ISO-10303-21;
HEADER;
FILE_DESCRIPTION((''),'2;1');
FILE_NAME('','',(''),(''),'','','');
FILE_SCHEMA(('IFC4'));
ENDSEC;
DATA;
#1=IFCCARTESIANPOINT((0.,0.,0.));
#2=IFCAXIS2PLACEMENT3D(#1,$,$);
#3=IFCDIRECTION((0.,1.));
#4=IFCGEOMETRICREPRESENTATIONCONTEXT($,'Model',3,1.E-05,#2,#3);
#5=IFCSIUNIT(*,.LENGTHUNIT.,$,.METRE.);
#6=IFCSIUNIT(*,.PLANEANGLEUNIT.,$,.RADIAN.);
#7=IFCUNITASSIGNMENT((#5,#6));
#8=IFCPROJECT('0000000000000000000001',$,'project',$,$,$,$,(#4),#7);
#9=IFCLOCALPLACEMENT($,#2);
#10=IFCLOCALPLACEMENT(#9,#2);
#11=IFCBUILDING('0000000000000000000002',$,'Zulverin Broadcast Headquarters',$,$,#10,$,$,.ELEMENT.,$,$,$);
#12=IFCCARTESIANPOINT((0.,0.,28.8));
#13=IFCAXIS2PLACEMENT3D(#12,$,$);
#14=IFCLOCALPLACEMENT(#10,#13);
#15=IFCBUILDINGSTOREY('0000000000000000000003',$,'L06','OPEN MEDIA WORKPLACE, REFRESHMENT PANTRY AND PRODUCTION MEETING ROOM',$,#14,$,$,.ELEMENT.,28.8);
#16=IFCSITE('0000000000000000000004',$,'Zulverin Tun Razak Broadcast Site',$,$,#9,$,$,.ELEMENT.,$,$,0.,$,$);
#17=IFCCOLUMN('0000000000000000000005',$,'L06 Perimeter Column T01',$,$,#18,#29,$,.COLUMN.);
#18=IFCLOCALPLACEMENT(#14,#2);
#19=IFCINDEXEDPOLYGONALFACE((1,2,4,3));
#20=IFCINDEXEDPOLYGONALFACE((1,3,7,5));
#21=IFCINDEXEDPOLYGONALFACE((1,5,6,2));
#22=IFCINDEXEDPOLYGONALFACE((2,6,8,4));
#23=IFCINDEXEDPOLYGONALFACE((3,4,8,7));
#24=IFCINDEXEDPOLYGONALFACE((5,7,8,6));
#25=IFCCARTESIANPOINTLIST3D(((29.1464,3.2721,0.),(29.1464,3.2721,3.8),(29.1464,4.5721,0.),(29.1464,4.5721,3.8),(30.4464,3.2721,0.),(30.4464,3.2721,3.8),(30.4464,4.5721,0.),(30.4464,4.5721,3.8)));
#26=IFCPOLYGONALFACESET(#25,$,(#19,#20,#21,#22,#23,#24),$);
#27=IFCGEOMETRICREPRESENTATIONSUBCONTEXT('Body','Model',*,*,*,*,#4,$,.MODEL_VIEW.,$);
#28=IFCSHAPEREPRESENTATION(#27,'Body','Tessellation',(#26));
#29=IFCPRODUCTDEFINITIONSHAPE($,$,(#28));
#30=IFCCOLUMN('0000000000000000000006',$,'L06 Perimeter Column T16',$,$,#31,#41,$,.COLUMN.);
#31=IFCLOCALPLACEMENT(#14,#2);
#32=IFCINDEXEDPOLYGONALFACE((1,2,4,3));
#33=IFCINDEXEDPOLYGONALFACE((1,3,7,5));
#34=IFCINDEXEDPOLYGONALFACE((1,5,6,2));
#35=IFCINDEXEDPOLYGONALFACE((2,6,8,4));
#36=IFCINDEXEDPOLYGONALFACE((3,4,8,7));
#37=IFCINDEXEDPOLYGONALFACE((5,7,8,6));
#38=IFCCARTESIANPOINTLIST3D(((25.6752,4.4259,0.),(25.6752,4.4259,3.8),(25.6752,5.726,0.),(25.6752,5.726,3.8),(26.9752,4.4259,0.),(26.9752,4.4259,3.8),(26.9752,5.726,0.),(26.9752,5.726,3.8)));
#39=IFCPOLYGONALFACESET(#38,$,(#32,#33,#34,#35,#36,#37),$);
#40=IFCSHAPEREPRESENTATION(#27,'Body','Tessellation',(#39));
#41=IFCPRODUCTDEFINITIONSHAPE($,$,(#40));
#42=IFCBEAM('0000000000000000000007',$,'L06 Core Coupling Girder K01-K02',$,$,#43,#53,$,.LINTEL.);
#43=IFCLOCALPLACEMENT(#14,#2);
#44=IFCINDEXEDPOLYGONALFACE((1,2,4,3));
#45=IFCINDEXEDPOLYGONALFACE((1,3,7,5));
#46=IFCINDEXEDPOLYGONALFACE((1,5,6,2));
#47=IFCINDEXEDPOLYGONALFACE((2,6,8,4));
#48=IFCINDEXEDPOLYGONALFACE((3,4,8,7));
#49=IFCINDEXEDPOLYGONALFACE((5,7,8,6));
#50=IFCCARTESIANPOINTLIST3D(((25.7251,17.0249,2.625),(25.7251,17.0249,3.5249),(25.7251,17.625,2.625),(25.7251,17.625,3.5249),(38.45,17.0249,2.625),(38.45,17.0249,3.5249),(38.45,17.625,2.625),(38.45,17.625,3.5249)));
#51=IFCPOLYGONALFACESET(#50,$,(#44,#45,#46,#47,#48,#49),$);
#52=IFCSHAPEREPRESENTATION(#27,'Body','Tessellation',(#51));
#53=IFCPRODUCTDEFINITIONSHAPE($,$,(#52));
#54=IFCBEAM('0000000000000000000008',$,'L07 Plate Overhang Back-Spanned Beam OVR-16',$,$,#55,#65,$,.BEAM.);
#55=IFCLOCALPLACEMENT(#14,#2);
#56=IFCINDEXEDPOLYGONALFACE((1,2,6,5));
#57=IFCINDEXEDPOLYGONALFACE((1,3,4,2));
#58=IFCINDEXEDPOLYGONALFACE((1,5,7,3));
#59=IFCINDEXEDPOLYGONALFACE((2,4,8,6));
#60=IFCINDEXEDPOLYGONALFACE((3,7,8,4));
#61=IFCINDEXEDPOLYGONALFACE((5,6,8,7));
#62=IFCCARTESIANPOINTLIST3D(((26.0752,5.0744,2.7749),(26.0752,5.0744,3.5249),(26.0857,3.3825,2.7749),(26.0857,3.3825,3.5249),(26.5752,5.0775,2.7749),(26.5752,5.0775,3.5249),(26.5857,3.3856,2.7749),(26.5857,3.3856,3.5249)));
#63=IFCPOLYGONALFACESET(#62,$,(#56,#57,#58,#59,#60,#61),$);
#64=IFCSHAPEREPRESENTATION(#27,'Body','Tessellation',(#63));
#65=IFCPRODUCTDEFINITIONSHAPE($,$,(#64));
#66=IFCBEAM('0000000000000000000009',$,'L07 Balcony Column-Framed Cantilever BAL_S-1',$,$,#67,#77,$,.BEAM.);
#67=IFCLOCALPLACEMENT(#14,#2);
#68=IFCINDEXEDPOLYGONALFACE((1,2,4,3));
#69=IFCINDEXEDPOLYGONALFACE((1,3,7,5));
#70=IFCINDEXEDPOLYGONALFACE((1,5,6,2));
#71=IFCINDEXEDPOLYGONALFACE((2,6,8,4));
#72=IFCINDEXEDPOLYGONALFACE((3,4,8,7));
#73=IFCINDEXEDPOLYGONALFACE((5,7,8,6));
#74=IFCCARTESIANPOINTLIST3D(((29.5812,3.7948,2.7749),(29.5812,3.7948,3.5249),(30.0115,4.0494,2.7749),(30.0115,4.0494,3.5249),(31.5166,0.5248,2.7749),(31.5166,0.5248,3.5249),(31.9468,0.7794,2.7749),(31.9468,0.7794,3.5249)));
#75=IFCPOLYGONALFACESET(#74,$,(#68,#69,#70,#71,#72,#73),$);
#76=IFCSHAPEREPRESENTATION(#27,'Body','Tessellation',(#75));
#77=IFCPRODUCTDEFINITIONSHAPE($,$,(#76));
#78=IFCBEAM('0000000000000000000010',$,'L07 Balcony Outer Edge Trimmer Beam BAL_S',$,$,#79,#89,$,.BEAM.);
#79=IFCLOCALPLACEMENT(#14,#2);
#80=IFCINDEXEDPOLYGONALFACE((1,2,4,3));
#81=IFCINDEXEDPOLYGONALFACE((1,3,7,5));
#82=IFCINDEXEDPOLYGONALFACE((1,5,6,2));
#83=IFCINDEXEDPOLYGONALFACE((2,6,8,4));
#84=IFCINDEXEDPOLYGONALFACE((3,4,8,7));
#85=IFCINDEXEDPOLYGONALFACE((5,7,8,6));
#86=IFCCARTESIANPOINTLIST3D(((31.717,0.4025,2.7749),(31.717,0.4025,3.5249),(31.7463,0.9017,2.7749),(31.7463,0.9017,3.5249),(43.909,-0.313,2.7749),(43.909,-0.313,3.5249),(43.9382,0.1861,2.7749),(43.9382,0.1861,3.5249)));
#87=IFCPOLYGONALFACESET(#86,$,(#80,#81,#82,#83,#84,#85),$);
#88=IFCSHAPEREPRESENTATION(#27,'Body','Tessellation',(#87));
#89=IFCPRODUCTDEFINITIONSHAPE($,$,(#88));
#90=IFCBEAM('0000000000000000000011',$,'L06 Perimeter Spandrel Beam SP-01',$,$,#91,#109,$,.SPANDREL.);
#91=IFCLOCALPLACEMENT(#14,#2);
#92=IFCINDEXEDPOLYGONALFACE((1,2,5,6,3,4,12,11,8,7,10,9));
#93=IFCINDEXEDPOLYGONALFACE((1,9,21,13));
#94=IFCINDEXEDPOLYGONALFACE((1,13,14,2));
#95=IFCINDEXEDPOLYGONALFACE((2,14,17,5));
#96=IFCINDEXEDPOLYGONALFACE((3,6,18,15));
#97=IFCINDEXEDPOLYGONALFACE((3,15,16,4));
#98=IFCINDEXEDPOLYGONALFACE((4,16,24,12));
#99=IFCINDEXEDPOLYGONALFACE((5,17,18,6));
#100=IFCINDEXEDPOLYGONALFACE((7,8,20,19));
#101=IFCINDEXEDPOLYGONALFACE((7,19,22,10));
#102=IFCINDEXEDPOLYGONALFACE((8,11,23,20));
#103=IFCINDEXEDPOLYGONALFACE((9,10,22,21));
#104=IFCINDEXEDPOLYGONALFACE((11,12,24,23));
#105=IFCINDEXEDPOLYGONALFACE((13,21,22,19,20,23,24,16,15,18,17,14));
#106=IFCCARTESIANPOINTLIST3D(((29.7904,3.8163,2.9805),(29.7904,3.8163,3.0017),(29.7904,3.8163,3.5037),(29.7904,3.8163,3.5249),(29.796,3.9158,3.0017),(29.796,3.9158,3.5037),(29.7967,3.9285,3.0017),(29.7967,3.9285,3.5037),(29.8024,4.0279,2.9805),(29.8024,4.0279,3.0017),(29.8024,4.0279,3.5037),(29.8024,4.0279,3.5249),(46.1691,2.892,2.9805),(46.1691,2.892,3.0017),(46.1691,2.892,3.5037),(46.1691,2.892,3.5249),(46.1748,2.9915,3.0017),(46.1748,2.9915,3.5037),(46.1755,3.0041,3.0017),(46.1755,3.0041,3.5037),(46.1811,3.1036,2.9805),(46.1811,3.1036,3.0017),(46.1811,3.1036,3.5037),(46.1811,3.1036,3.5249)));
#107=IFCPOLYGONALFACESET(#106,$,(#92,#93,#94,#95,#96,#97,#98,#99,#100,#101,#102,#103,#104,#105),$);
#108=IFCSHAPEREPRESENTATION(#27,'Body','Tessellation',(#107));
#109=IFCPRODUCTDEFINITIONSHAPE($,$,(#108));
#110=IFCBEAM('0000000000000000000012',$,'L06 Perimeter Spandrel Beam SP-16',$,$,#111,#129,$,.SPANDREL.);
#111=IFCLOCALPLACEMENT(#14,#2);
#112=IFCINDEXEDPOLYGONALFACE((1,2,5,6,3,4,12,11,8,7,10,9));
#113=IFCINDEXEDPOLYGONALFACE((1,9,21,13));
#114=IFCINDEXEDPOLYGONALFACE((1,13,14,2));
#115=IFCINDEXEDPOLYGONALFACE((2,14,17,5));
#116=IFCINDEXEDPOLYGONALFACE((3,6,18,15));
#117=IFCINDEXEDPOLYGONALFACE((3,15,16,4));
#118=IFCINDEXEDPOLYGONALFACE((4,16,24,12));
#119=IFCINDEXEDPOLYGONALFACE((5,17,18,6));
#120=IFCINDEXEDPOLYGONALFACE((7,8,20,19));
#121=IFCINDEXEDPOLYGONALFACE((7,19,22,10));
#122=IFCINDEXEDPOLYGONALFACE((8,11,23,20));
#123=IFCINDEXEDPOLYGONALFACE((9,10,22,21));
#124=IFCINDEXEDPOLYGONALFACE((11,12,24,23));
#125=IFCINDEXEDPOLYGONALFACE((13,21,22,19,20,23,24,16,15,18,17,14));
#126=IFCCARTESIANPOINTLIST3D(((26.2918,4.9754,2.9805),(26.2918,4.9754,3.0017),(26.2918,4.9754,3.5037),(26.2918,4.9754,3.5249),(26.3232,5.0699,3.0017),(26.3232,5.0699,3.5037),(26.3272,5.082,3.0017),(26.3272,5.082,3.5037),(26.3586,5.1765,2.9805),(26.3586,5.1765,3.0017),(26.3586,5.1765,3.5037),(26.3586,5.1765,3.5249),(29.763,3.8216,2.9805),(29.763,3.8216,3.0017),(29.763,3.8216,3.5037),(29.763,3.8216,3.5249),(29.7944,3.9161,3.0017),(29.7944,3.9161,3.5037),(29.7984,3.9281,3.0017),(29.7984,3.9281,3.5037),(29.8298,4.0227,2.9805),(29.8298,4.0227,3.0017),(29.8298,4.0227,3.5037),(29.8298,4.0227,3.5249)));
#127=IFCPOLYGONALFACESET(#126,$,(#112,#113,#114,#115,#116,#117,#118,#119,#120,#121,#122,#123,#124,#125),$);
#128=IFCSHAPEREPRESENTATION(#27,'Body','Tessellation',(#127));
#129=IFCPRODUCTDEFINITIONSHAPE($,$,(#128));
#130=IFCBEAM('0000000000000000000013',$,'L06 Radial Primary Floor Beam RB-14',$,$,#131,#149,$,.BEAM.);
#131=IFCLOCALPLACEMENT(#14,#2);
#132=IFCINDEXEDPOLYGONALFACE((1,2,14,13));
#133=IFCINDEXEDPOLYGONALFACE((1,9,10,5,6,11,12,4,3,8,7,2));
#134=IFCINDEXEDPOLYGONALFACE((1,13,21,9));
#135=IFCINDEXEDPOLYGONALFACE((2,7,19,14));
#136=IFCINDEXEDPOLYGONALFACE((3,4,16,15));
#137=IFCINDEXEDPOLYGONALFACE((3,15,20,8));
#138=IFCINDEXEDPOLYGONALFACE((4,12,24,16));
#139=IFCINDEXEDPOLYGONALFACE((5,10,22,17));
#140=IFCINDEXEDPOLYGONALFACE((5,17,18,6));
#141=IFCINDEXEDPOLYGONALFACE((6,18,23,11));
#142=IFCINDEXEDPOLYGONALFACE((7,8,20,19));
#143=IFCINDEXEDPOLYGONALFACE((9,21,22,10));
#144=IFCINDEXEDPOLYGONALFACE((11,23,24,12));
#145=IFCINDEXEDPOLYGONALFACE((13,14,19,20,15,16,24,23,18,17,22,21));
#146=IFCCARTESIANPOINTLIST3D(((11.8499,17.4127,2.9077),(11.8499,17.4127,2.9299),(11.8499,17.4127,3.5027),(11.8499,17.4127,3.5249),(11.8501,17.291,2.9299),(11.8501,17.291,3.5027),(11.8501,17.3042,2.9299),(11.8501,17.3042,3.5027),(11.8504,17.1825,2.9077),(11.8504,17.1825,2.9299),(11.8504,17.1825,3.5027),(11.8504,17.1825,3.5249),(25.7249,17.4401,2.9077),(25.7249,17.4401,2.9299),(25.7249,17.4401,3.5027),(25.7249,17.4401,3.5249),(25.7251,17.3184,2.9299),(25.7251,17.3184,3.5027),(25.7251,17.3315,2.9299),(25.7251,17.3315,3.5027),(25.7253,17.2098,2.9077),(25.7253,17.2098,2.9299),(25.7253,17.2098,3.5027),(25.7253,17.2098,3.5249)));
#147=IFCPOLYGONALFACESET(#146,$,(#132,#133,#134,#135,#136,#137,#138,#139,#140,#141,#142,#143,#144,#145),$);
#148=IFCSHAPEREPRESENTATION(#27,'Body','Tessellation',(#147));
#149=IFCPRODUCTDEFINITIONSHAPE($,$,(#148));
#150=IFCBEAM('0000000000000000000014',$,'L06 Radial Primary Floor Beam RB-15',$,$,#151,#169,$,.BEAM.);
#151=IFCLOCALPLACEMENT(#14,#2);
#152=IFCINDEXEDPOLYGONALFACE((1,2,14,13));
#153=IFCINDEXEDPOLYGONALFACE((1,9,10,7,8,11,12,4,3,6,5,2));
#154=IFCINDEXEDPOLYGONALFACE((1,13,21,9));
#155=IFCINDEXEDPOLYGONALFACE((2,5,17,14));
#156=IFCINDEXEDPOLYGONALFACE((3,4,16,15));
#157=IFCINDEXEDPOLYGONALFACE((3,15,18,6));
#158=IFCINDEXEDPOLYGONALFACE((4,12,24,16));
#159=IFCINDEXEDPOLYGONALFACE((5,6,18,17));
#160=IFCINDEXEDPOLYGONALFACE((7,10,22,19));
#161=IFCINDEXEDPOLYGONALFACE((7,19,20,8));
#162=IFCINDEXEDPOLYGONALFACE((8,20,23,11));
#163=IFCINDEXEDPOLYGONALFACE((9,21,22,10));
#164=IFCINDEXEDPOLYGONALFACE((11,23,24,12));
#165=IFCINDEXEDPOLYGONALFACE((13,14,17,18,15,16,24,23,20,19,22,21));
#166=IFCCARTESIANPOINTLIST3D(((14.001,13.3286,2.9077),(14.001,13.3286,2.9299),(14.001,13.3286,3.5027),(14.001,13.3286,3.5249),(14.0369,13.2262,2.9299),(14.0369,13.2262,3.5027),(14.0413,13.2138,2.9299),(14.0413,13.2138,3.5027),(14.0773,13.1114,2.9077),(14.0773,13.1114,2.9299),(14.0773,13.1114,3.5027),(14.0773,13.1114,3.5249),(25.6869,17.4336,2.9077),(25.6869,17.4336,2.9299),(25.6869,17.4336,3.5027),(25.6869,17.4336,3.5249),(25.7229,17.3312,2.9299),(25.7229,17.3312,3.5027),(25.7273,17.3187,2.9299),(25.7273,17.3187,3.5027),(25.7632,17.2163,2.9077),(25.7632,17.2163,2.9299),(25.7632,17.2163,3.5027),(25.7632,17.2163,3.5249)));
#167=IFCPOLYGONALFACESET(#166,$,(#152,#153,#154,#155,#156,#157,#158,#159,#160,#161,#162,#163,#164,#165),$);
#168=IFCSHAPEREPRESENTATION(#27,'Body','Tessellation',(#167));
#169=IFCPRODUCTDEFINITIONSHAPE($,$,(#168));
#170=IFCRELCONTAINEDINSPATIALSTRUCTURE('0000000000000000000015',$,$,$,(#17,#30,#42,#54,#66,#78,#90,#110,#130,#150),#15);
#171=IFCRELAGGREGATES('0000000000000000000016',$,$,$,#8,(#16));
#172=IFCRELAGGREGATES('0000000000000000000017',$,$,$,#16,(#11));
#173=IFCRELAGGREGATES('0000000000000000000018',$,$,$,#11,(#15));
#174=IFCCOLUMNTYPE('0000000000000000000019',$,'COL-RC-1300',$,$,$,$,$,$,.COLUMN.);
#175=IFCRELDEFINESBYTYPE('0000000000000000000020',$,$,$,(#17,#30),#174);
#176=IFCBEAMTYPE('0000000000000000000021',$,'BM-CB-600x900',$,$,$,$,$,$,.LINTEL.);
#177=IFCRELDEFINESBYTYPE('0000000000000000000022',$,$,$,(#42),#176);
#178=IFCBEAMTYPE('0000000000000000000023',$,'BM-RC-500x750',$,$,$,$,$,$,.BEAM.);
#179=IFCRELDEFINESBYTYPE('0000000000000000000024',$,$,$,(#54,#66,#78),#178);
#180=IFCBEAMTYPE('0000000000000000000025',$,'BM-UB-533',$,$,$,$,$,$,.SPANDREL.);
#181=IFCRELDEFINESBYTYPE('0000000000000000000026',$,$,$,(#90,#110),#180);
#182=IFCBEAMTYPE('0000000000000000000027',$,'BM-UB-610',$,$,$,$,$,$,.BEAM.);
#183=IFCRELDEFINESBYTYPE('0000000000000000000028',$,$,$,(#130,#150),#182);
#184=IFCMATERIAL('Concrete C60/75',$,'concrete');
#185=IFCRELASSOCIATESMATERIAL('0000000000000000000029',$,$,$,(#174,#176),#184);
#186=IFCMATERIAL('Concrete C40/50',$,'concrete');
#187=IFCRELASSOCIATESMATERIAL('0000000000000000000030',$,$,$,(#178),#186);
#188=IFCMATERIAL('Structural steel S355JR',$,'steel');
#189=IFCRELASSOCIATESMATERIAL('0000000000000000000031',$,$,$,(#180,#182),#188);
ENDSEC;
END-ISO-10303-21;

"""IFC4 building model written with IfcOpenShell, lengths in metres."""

from ifc_helpers import new_model, si_unit, direction, frame, origin, origin_2d, place, context, subcontext, project, spatial, rectangle, i_section, extrude, material, material_profile, profile_set, type_object, element, save


model = new_model("IFC4")

# Units and contexts
model_context = context("Model", 3, precision=1e-05, world=origin(), true_north=direction((0.0, 1.0)))
body_context = subcontext(model_context, "Body", "Model", "MODEL_VIEW")
ifc_project = project(units=[si_unit("LENGTHUNIT", "METRE"), si_unit("PLANEANGLEUNIT", "RADIAN")], contexts=[model_context])

# Site, building, storey
site_placement = place(None, origin())
site = spatial("IfcSite", under=ifc_project, at=site_placement, Name="Zulverin Tun Razak Broadcast Site", CompositionType="ELEMENT", RefElevation=0.0)
building_placement = place(site_placement, origin())
building = spatial("IfcBuilding", under=site, at=building_placement, Name="Zulverin Broadcast Headquarters", CompositionType="ELEMENT")
storey_placement = place(building_placement, frame((0.0, 0.0, 28.8)))
storey = spatial("IfcBuildingStorey", under=building, at=storey_placement, Name="L06", Description="OPEN MEDIA WORKPLACE, REFRESHMENT PANTRY AND PRODUCTION MEETING ROOM", CompositionType="ELEMENT", Elevation=28.8)

# Columns
ifc_material_1 = material(Name="Concrete C60/75", Category="concrete")
ifc_material_profile_1 = material_profile(ifc_material_1, rectangle(XDim=1.3, YDim=1.3, at=origin_2d()), Name="Concrete C60/75", Category="concrete")
ifc_profile_set_1 = profile_set([ifc_material_profile_1], Name="Concrete C60/75")
column_type = type_object("IfcColumnType", Name="COL-RC-1300", PredefinedType="COLUMN", material=ifc_profile_set_1)
for number, where, z_axis, x_axis, name in (
    (1, (29.7964, 3.9221, 0.0), (0.0, 0.0, 1.0), (1.0, 0.0, 0.0), "L06 Perimeter Column T01"),
    (2, (26.3252, 5.0759, 0.0), (0.0, 0.0, 1.0), (1.0, 0.0, 0.0), "L06 Perimeter Column T16"),
):
    element("IfcColumn", number, at=place(storey_placement, frame(where, z_axis=z_axis, x_axis=x_axis)), inside=storey, type_object=column_type, Name=name, PredefinedType="COLUMN", context=body_context, shape_type="SweptSolid", body=[
        extrude(rectangle(XDim=1.3, YDim=1.3, at=origin_2d()), origin(), (0.0, 0.0, 1.0), 3.8),
    ])

# Beams
ifc_material_profile_2 = material_profile(ifc_material_1, rectangle(XDim=0.6001, YDim=0.8999, at=origin_2d()), Name="Concrete C60/75", Category="concrete")
ifc_profile_set_2 = profile_set([ifc_material_profile_2], Name="Concrete C60/75")
beam_type_1 = type_object("IfcBeamType", Name="BM-CB-600x900", PredefinedType="LINTEL", material=ifc_profile_set_2)
beam_1_placement = place(storey_placement, frame((25.7251, 17.325, 3.075), z_axis=(1.0, 0.0, 0.0), x_axis=(0.0, 1.0, 0.0)))
element("IfcBeam", 3, at=beam_1_placement, inside=storey, type_object=beam_type_1, Name="L06 Core Coupling Girder K01-K02", PredefinedType="LINTEL", context=body_context, shape_type="SweptSolid", body=[
    extrude(rectangle(XDim=0.6001, YDim=0.8999, at=origin_2d()), origin(), (0.0, 0.0, 1.0), 12.7249),
])
ifc_material_2 = material(Name="Concrete C40/50", Category="concrete")
ifc_material_profile_3 = material_profile(ifc_material_2, rectangle(XDim=0.5, YDim=0.75, at=origin_2d()), Name="Concrete C40/50", Category="concrete")
ifc_profile_set_3 = profile_set([ifc_material_profile_3], Name="Concrete C40/50")
beam_type_2 = type_object("IfcBeamType", Name="BM-RC-500x750", PredefinedType="BEAM", material=ifc_profile_set_3)
beam_2_placement = place(storey_placement, frame((26.3252, 5.0759, 3.1499), z_axis=(0.006205, -0.999981, 0.0), x_axis=(0.999981, 0.006205, 0.0)))
element("IfcBeam", 4, at=beam_2_placement, inside=storey, type_object=beam_type_2, Name="L07 Plate Overhang Back-Spanned Beam OVR-16", PredefinedType="BEAM", context=body_context, shape_type="SweptSolid", body=[
    extrude(rectangle(XDim=0.5, YDim=0.75, at=origin_2d()), origin(), (0.0, 0.0, 1.0), 1.6919),
])
beam_3_placement = place(storey_placement, frame((29.7964, 3.9221, 3.1499), z_axis=(0.509318, -0.860578, 0.0), x_axis=(0.860578, 0.509318, 0.0)))
element("IfcBeam", 5, at=beam_3_placement, inside=storey, type_object=beam_type_2, Name="L07 Balcony Column-Framed Cantilever BAL_S-1", PredefinedType="BEAM", context=body_context, shape_type="SweptSolid", body=[
    extrude(rectangle(XDim=0.5, YDim=0.75, at=origin_2d()), origin(), (0.0, 0.0, 1.0), 3.7998),
])
beam_4_placement = place(storey_placement, frame((31.7317, 0.6521, 3.1499), z_axis=(0.998282, -0.058592, 0.0), x_axis=(0.058592, 0.998282, 0.0)))
element("IfcBeam", 6, at=beam_4_placement, inside=storey, type_object=beam_type_2, Name="L07 Balcony Outer Edge Trimmer Beam BAL_S", PredefinedType="BEAM", context=body_context, shape_type="SweptSolid", body=[
    extrude(rectangle(XDim=0.5, YDim=0.75, at=origin_2d()), origin(), (0.0, 0.0, 1.0), 12.2129),
])
ifc_material_3 = material(Name="Structural steel S355JR", Category="steel")
ifc_material_profile_4 = material_profile(ifc_material_3, i_section(OverallWidth=0.2119, OverallDepth=0.5444, WebThickness=0.0127, FlangeThickness=0.0212, at=origin_2d()), Name="Structural steel S355JR", Category="steel")
ifc_profile_set_4 = profile_set([ifc_material_profile_4], Name="Structural steel S355JR")
beam_type_3 = type_object("IfcBeamType", Name="BM-UB-533", PredefinedType="SPANDREL", material=ifc_profile_set_4)
beam_5_placement = place(storey_placement, frame((29.7964, 3.9221, 3.2527), z_axis=(0.998411, -0.056345, 0.0), x_axis=(0.056345, 0.998411, 0.0)))
element("IfcBeam", 7, at=beam_5_placement, inside=storey, type_object=beam_type_3, Name="L06 Perimeter Spandrel Beam SP-01", PredefinedType="SPANDREL", context=body_context, shape_type="SweptSolid", body=[
    extrude(i_section(OverallWidth=0.2119, OverallDepth=0.5444, WebThickness=0.0127, FlangeThickness=0.0212, at=origin_2d()), origin(), (0.0, 0.0, 1.0), 16.4048),
])
beam_6_placement = place(storey_placement, frame((26.3252, 5.0759, 3.2527), z_axis=(0.94895, -0.315427, 0.0), x_axis=(0.315427, 0.94895, 0.0)))
element("IfcBeam", 8, at=beam_6_placement, inside=storey, type_object=beam_type_3, Name="L06 Perimeter Spandrel Beam SP-16", PredefinedType="SPANDREL", context=body_context, shape_type="SweptSolid", body=[
    extrude(i_section(OverallWidth=0.2119, OverallDepth=0.5444, WebThickness=0.0127, FlangeThickness=0.0212, at=origin_2d()), origin(), (0.0, 0.0, 1.0), 3.658),
])
ifc_material_profile_5 = material_profile(ifc_material_3, i_section(OverallWidth=0.2302, OverallDepth=0.6172, WebThickness=0.0132, FlangeThickness=0.0222, at=origin_2d()), Name="Structural steel S355JR", Category="steel")
ifc_profile_set_5 = profile_set([ifc_material_profile_5], Name="Structural steel S355JR")
beam_type_4 = type_object("IfcBeamType", Name="BM-UB-610", PredefinedType="BEAM", material=ifc_profile_set_5)
beam_7_placement = place(storey_placement, frame((25.7251, 17.325, 3.2163), z_axis=(-0.999998, -0.001971, 0.0), x_axis=(0.001971, -0.999998, 0.0)))
element("IfcBeam", 9, at=beam_7_placement, inside=storey, type_object=beam_type_4, Name="L06 Radial Primary Floor Beam RB-14", PredefinedType="BEAM", context=body_context, shape_type="SweptSolid", body=[
    extrude(i_section(OverallWidth=0.2302, OverallDepth=0.6172, WebThickness=0.0132, FlangeThickness=0.0222, at=origin_2d()), origin(), (0.0, 0.0, 1.0), 13.875),
])
beam_8_placement = place(storey_placement, frame((25.7251, 17.325, 3.2163), z_axis=(-0.943483, -0.33142, 0.0), x_axis=(0.33142, -0.943483, 0.0)))
element("IfcBeam", 10, at=beam_8_placement, inside=storey, type_object=beam_type_4, Name="L06 Radial Primary Floor Beam RB-15", PredefinedType="BEAM", context=body_context, shape_type="SweptSolid", body=[
    extrude(i_section(OverallWidth=0.2302, OverallDepth=0.6172, WebThickness=0.0132, FlangeThickness=0.0222, at=origin_2d()), origin(), (0.0, 0.0, 1.0), 12.386),
])

save(model, "model.ifc")
